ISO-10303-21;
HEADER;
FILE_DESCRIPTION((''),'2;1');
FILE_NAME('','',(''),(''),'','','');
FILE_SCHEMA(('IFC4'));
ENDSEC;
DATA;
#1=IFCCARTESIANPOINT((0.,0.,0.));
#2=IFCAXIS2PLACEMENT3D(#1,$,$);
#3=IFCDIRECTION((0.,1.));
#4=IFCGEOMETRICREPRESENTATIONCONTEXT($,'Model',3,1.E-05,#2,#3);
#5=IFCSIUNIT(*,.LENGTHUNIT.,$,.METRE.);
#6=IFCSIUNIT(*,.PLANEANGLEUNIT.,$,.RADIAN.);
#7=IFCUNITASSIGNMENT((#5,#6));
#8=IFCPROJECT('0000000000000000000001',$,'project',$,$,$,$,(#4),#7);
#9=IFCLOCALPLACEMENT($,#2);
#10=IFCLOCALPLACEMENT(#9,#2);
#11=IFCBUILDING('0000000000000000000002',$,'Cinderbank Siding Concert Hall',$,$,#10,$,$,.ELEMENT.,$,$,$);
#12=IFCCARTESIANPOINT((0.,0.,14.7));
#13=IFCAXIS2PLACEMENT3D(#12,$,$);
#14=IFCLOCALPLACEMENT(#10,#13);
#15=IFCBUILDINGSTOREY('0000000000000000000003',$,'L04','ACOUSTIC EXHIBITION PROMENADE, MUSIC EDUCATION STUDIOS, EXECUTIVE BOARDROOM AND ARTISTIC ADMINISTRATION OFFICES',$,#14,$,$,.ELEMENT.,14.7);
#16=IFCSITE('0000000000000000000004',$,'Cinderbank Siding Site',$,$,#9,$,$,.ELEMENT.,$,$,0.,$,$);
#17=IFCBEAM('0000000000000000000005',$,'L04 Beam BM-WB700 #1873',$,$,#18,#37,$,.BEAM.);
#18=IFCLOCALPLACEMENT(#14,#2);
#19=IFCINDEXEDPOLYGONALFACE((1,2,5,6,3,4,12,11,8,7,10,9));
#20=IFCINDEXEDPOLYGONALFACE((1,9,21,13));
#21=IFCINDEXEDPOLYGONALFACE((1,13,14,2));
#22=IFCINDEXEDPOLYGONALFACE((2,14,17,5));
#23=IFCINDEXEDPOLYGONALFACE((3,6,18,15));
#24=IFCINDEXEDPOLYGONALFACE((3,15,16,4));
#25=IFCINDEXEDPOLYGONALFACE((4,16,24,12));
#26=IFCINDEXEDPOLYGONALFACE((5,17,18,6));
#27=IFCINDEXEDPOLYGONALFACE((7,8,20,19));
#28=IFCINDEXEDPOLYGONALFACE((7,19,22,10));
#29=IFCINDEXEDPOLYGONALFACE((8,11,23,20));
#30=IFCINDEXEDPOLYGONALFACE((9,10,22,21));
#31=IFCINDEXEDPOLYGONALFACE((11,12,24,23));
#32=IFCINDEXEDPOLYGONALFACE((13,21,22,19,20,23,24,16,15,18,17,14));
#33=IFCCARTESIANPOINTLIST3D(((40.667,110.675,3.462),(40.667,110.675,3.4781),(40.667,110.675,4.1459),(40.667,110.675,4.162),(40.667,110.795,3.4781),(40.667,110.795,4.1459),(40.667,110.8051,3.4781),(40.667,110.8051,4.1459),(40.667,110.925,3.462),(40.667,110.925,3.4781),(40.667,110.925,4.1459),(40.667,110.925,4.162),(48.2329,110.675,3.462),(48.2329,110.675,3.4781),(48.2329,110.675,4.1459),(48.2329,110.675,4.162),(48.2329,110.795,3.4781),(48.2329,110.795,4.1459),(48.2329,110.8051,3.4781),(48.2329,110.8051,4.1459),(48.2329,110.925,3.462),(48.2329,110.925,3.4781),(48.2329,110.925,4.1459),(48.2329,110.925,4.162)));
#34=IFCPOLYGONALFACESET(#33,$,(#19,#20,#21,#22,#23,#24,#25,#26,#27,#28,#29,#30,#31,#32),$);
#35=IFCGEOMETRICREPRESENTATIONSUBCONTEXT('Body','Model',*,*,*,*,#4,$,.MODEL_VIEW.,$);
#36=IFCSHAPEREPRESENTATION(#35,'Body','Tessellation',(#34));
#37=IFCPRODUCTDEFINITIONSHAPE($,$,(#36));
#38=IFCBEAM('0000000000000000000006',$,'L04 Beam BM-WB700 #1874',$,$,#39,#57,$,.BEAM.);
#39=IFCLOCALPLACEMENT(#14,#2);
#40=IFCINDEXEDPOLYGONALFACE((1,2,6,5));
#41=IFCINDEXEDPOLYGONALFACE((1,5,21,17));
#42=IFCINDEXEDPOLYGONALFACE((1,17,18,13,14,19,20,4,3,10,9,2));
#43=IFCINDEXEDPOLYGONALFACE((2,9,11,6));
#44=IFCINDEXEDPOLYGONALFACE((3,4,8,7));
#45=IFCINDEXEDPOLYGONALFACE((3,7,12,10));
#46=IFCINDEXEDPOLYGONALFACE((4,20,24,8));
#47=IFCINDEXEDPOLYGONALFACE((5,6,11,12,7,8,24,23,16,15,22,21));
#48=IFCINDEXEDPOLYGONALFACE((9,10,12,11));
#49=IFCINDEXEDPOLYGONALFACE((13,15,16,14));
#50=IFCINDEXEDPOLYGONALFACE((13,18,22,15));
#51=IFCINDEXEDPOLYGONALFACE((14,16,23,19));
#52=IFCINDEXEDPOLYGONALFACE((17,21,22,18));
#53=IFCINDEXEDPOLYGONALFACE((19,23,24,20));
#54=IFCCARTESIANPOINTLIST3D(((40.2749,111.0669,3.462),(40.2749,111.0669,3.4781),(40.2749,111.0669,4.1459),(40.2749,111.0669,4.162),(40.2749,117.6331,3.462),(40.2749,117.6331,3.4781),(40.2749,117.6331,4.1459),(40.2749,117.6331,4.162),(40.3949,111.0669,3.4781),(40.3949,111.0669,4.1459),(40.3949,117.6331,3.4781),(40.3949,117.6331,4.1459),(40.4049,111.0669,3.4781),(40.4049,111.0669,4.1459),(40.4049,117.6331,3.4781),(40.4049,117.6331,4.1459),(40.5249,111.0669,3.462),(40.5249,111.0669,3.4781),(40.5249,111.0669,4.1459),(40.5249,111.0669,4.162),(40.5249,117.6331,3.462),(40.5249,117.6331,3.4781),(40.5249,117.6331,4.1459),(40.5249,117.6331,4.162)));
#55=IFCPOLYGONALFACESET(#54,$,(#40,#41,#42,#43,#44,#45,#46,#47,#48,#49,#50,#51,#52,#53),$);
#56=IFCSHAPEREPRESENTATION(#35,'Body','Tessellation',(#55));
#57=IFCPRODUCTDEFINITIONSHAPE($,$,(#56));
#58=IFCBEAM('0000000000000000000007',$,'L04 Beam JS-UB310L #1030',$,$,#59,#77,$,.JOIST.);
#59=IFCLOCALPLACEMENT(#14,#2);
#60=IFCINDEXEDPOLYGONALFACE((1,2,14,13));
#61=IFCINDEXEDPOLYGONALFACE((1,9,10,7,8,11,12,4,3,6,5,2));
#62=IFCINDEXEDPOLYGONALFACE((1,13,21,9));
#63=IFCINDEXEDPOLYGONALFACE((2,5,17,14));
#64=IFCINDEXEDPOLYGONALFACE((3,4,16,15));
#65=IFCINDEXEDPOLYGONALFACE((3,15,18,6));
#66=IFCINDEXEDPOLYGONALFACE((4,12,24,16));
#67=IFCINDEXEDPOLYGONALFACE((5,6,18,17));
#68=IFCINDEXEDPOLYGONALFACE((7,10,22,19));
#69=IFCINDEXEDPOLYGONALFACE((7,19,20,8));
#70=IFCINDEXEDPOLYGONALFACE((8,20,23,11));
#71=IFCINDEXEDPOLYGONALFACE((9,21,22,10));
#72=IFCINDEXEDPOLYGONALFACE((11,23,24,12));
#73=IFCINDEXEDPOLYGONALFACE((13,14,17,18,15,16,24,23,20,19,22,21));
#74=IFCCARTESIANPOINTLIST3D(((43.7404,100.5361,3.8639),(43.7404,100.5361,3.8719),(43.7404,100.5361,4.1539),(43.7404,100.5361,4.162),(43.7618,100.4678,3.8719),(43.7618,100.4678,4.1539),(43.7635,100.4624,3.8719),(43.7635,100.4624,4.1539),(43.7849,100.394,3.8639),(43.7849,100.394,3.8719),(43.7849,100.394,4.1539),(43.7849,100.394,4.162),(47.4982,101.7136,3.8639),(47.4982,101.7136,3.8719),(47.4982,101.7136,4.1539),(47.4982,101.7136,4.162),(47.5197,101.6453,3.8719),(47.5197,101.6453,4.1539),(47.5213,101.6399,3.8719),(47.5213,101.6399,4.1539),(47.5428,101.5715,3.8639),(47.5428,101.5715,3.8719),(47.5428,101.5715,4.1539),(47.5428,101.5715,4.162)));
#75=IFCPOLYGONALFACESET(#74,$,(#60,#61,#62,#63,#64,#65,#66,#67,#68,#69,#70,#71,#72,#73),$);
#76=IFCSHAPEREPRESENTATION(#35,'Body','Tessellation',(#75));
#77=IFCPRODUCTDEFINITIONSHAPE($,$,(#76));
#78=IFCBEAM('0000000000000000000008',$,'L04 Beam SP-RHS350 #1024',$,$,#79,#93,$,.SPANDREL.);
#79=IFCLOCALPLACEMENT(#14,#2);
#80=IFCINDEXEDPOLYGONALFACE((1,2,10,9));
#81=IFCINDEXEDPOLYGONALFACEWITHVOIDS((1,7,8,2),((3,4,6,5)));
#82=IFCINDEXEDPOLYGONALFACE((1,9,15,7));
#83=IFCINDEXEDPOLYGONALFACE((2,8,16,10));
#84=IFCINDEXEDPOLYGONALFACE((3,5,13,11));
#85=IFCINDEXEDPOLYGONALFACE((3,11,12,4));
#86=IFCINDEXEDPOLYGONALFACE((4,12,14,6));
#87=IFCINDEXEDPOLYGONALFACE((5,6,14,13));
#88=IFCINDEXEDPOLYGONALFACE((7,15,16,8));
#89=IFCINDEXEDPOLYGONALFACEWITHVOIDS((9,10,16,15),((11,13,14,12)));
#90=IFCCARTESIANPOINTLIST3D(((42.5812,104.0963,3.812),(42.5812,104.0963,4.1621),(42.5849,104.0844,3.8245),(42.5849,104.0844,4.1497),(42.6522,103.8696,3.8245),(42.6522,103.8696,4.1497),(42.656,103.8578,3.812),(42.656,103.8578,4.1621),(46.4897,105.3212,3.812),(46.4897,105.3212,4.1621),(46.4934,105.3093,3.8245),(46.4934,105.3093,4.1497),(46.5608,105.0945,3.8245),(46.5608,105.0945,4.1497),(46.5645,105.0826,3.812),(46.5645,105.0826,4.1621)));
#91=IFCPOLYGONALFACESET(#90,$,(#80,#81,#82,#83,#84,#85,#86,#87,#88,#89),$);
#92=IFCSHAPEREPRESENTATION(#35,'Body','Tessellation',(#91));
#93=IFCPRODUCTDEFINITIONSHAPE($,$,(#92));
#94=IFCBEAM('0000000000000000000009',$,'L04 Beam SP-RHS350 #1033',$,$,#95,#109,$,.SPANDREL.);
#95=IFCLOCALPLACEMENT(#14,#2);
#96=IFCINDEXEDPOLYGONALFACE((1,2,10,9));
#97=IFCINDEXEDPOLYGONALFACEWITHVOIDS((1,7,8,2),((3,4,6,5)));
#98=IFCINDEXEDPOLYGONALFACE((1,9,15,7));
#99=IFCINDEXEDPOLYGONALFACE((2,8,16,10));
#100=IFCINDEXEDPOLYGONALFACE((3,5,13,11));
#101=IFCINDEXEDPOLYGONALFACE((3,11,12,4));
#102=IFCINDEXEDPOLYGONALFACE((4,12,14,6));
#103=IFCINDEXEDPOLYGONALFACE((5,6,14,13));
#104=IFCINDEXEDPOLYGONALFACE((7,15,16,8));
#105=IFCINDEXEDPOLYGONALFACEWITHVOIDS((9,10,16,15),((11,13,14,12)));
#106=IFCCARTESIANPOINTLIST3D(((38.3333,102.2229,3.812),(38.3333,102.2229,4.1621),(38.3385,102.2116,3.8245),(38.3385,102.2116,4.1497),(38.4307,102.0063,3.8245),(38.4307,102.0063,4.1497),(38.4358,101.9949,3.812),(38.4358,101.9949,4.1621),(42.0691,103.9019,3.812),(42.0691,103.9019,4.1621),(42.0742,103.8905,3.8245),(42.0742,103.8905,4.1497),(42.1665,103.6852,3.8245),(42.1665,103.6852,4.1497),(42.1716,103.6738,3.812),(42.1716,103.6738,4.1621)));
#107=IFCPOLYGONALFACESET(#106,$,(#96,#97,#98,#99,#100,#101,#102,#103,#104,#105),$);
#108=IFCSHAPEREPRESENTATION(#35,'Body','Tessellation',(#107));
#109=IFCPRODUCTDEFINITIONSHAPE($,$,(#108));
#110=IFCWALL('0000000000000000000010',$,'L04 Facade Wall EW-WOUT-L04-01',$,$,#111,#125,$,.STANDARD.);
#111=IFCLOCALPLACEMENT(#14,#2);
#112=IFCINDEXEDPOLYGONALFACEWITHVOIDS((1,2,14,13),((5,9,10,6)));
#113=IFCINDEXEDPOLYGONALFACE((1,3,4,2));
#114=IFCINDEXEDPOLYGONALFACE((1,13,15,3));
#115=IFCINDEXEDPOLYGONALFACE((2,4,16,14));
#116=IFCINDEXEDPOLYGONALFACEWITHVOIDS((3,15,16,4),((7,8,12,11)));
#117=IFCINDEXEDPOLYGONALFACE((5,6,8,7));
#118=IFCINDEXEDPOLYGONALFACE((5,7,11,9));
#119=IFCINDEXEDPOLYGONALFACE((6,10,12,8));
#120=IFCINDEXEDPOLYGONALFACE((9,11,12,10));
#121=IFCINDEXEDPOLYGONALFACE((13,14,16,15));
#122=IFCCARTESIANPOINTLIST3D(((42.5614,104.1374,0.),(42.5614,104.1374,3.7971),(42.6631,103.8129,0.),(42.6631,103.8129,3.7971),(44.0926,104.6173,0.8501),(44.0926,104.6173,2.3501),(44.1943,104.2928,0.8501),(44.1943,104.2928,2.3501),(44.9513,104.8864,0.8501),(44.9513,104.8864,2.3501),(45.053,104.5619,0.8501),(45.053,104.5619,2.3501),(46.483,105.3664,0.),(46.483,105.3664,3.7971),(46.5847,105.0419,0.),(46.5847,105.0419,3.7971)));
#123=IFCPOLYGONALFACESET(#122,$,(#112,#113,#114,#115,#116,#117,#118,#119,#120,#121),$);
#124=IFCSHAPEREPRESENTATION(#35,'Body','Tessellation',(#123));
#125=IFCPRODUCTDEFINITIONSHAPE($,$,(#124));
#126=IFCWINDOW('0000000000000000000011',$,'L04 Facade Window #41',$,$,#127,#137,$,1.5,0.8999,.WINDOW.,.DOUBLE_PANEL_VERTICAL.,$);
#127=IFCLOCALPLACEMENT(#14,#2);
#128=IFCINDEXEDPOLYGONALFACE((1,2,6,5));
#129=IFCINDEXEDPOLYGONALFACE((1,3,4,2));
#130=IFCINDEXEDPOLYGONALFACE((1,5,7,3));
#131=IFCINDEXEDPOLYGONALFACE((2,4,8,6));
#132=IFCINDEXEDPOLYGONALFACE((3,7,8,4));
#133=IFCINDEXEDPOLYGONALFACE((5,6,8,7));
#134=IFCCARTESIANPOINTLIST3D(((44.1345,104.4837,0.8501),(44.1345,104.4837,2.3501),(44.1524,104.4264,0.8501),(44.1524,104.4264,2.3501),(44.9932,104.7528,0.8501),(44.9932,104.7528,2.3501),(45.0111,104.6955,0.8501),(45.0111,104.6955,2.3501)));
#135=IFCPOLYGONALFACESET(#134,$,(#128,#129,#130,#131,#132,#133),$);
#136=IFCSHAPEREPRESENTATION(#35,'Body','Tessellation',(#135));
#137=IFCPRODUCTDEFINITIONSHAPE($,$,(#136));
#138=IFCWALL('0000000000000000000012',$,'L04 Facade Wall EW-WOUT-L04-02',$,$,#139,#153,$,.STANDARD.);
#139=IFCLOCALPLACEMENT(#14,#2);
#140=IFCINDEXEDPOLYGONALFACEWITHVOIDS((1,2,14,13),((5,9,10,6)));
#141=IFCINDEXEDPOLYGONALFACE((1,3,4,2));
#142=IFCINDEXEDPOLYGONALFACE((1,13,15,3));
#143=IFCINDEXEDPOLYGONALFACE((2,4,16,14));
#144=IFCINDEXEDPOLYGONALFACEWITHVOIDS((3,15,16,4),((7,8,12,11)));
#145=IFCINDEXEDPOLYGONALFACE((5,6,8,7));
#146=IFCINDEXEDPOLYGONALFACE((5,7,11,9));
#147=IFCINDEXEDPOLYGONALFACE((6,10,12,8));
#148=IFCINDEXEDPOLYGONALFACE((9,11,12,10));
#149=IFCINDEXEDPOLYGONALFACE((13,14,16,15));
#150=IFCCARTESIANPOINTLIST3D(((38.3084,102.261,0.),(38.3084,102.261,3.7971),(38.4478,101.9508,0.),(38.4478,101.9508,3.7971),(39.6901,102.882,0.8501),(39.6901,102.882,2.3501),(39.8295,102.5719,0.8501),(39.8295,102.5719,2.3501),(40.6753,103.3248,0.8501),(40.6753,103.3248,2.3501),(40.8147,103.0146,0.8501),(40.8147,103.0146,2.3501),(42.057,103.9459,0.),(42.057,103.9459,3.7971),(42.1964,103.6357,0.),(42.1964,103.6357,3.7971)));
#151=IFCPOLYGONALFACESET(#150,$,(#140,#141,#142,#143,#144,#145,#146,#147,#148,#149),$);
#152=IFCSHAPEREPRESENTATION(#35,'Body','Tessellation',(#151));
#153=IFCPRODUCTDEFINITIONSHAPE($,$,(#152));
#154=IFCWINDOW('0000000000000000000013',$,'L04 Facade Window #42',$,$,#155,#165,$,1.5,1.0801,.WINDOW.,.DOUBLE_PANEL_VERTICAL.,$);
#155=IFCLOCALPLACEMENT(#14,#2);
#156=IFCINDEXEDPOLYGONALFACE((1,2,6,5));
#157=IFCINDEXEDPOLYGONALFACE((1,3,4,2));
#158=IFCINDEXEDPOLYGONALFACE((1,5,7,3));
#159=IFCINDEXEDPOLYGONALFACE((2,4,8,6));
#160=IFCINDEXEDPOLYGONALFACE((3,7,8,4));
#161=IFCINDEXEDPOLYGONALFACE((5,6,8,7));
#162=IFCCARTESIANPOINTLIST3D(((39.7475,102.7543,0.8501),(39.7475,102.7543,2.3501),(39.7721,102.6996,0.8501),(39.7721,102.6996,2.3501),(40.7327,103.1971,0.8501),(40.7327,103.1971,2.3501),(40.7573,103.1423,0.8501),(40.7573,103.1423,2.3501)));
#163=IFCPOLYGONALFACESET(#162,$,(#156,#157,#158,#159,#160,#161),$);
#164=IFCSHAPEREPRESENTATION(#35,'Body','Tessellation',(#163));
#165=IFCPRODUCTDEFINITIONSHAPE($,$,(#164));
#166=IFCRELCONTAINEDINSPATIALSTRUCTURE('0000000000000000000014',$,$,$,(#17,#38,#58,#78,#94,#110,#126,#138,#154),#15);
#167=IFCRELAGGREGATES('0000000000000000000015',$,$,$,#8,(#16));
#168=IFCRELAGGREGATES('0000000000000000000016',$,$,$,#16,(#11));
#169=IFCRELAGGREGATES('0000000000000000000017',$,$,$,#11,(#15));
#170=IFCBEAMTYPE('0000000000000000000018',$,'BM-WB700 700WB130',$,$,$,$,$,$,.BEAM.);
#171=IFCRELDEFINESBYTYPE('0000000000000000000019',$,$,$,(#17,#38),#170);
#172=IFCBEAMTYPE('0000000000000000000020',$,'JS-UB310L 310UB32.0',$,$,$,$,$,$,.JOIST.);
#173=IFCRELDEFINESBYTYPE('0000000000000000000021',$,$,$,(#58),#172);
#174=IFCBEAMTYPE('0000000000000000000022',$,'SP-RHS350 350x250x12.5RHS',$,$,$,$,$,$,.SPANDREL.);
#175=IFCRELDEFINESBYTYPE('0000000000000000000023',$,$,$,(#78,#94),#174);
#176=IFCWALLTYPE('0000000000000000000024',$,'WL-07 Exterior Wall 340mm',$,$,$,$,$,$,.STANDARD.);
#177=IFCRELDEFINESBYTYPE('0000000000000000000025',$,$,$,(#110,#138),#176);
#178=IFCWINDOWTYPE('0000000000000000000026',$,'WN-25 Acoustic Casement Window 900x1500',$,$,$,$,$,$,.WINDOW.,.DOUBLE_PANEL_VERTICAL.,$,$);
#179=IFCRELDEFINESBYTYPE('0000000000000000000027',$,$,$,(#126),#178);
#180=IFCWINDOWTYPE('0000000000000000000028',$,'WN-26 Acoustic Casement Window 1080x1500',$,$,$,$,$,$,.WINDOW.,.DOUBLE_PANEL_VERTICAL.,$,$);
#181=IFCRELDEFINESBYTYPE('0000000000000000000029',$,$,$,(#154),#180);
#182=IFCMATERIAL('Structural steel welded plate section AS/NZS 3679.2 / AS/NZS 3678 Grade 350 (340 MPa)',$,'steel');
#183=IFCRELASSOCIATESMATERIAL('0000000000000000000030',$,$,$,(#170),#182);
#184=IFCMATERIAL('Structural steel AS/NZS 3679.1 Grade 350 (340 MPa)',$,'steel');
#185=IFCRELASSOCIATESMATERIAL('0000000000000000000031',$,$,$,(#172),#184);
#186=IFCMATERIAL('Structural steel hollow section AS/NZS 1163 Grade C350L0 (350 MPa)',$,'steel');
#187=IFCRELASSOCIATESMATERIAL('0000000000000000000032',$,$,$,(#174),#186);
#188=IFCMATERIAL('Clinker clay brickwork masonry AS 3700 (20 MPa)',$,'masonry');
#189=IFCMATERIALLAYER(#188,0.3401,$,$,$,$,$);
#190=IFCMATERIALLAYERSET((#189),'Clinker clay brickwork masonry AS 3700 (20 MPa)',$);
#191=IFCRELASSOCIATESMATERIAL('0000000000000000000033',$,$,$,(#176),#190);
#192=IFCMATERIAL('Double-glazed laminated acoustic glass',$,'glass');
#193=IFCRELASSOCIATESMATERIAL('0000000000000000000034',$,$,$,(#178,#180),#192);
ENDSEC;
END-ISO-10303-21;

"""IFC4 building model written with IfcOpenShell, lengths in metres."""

from ifc_helpers import new_model, si_unit, direction, frame, frame_2d, origin, origin_2d, place, context, subcontext, project, spatial, rectangle, hollow_rectangle, i_section, extrude, material, layer, layer_set, material_profile, profile_set, type_object, element, fill, save


model = new_model("IFC4")

# Units and contexts
model_context = context("Model", 3, precision=1e-05, world=origin(), true_north=direction((0.0, 1.0)))
body_context = subcontext(model_context, "Body", "Model", "MODEL_VIEW")
ifc_project = project(units=[si_unit("LENGTHUNIT", "METRE"), si_unit("PLANEANGLEUNIT", "RADIAN")], contexts=[model_context])

# Site, building, storey
site_placement = place(None, origin())
site = spatial("IfcSite", under=ifc_project, at=site_placement, Name="Cinderbank Siding Site", CompositionType="ELEMENT", RefElevation=0.0)
building_placement = place(site_placement, origin())
building = spatial("IfcBuilding", under=site, at=building_placement, Name="Cinderbank Siding Concert Hall", CompositionType="ELEMENT")
storey_placement = place(building_placement, frame((0.0, 0.0, 14.7)))
storey = spatial("IfcBuildingStorey", under=building, at=storey_placement, Name="L04", Description="ACOUSTIC EXHIBITION PROMENADE, MUSIC EDUCATION STUDIOS, EXECUTIVE BOARDROOM AND ARTISTIC ADMINISTRATION OFFICES", CompositionType="ELEMENT", Elevation=14.7)

# Beams
ifc_material_1 = material(Name="Structural steel AS/NZS 3679.1 Grade 350 (340 MPa)", Category="steel")
ifc_material_2 = material(Name="Structural steel welded plate section AS/NZS 3679.2 / AS/NZS 3678 Grade 350 (340 MPa)", Category="steel")
ifc_material_profile_1 = material_profile(ifc_material_2, i_section(OverallWidth=0.25, OverallDepth=0.7, WebThickness=0.01, FlangeThickness=0.0161, at=origin_2d()), Name="700WB130", Category="LoadBearing")
ifc_profile_set_1 = profile_set([ifc_material_profile_1], Name="Structural steel welded plate section AS/NZS 3679.2 / AS/NZS 3678 Grade 350 (340 MPa)")
beam_type_1 = type_object("IfcBeamType", Name="BM-WB700 700WB130", PredefinedType="BEAM", material=ifc_profile_set_1)
beam_1_placement = place(storey_placement, frame((40.667, 110.8, 3.812), z_axis=(1.0, 0.0, 0.0), x_axis=(0.0, 1.0, 0.0)))
element("IfcBeam", 1, at=beam_1_placement, inside=storey, type_object=beam_type_1, Name="L04 Beam BM-WB700 #1873", PredefinedType="BEAM", context=body_context, shape_type="SweptSolid", body=[
    extrude(i_section(OverallWidth=0.25, OverallDepth=0.7, WebThickness=0.01, FlangeThickness=0.0161, at=origin_2d()), origin(), (0.0, 0.0, 1.0), 7.5659),
])
beam_2_placement = place(storey_placement, frame((40.3999, 111.0669, 3.812), z_axis=(0.0, 1.0, 0.0), x_axis=(-1.0, 0.0, 0.0)))
element("IfcBeam", 2, at=beam_2_placement, inside=storey, type_object=beam_type_1, Name="L04 Beam BM-WB700 #1874", PredefinedType="BEAM", context=body_context, shape_type="SweptSolid", body=[
    extrude(i_section(OverallWidth=0.25, OverallDepth=0.7, WebThickness=0.01, FlangeThickness=0.0161, at=origin_2d()), origin(), (0.0, 0.0, 1.0), 6.5662),
])
ifc_material_profile_2 = material_profile(ifc_material_1, i_section(OverallWidth=0.1489, OverallDepth=0.2981, WebThickness=0.0056, FlangeThickness=0.0081, at=origin_2d()), Name="310UB32.0", Category="LoadBearing")
ifc_profile_set_2 = profile_set([ifc_material_profile_2], Name="Structural steel AS/NZS 3679.1 Grade 350 (340 MPa)")
beam_type_2 = type_object("IfcBeamType", Name="JS-UB310L 310UB32.0", PredefinedType="JOIST", material=ifc_profile_set_2)
beam_3_placement = place(storey_placement, frame((47.5205, 101.6426, 4.0129), z_axis=(-0.95425, -0.299009, 0.0), x_axis=(0.299009, -0.95425, 0.0)))
element("IfcBeam", 3, at=beam_3_placement, inside=storey, type_object=beam_type_2, Name="L04 Beam JS-UB310L #1030", PredefinedType="JOIST", context=body_context, shape_type="SweptSolid", body=[
    extrude(i_section(OverallWidth=0.1489, OverallDepth=0.2981, WebThickness=0.0056, FlangeThickness=0.0081, at=origin_2d()), origin(), (0.0, 0.0, 1.0), 3.938),
])
ifc_material_3 = material(Name="Structural steel hollow section AS/NZS 1163 Grade C350L0 (350 MPa)", Category="steel")
ifc_material_profile_3 = material_profile(ifc_material_3, hollow_rectangle(XDim=0.25, YDim=0.3501, WallThickness=0.0125, at=origin_2d()), Name="350x250x12.5RHS", Category="LoadBearing")
ifc_profile_set_3 = profile_set([ifc_material_profile_3], Name="Structural steel hollow section AS/NZS 1163 Grade C350L0 (350 MPa)")
beam_type_3 = type_object("IfcBeamType", Name="SP-RHS350 350x250x12.5RHS", PredefinedType="SPANDREL", material=ifc_profile_set_3)
beam_4_placement = place(storey_placement, frame((46.5271, 105.2019, 3.9871), z_axis=(-0.954239, -0.299045, 0.0), x_axis=(0.299045, -0.954239, 0.0)))
element("IfcBeam", 4, at=beam_4_placement, inside=storey, type_object=beam_type_3, Name="L04 Beam SP-RHS350 #1024", PredefinedType="SPANDREL", context=body_context, shape_type="SweptSolid", body=[
    extrude(hollow_rectangle(XDim=0.25, YDim=0.3501, WallThickness=0.0125, at=origin_2d()), origin(), (0.0, 0.0, 1.0), 4.0959),
])
beam_5_placement = place(storey_placement, frame((42.1204, 103.7878, 3.9871), z_axis=(-0.91212, -0.409923, 0.0), x_axis=(0.409923, -0.91212, 0.0)))
element("IfcBeam", 5, at=beam_5_placement, inside=storey, type_object=beam_type_3, Name="L04 Beam SP-RHS350 #1033", PredefinedType="SPANDREL", context=body_context, shape_type="SweptSolid", body=[
    extrude(hollow_rectangle(XDim=0.25, YDim=0.3501, WallThickness=0.0125, at=origin_2d()), origin(), (0.0, 0.0, 1.0), 4.0957),
])

# Walls, openings, windows
ifc_material_4 = material(Name="Clinker clay brickwork masonry AS 3700 (20 MPa)", Category="masonry")
ifc_layer_1 = layer(ifc_material_4, 0.3401)
ifc_layer_set_1 = layer_set([ifc_layer_1], Name="Clinker clay brickwork masonry AS 3700 (20 MPa)")
wall_type_1 = type_object("IfcWallType", Name="WL-07 Exterior Wall 340mm", PredefinedType="STANDARD", material=ifc_layer_set_1)
wall_1_placement = place(storey_placement, frame((46.5337, 105.2041, 0.0), z_axis=(0.0, 0.0, 1.0), x_axis=(-0.954238, -0.299049, 0.0)))
wall_1 = element("IfcWall", 6, at=wall_1_placement, inside=storey, type_object=wall_type_1, Name="L04 Facade Wall EW-WOUT-L04-01", PredefinedType="STANDARD", context=body_context, shape_type="SweptSolid", body=[
    extrude(rectangle(XDim=4.1096, YDim=0.3401, at=frame_2d((2.0547, 0.0))), origin(), (0.0, 0.0, 1.0), 3.7971),
])
opening_1_placement = place(wall_1_placement, frame((1.605, 0.0, 0.8501)))
opening_1 = element("IfcOpeningElement", 7, at=opening_1_placement, cuts=wall_1, PredefinedType="OPENING", context=body_context, shape_type="SweptSolid", body=[
    extrude(rectangle(XDim=0.8999, YDim=1.5, at=frame_2d((0.45, 0.75))), frame((0.0, 0.1821, 0.0), z_axis=(0.0, -1.0, 0.0), x_axis=(1.0, 0.0, 0.0)), (0.0, 0.0, 1.0), 0.364),
])
ifc_material_5 = material(Name="Double-glazed laminated acoustic glass", Category="glass")
window_type_1 = type_object("IfcWindowType", Name="WN-25 Acoustic Casement Window 900x1500", PartitioningType="DOUBLE_PANEL_VERTICAL", PredefinedType="WINDOW", material=ifc_material_5)
window_1_placement = place(opening_1_placement, origin())
window_1 = element("IfcWindow", 8, at=window_1_placement, inside=storey, type_object=window_type_1, Name="L04 Facade Window #41", OverallHeight=1.5, OverallWidth=0.8999, PartitioningType="DOUBLE_PANEL_VERTICAL", PredefinedType="WINDOW", context=body_context, shape_type="SweptSolid", body=[
    extrude(rectangle(XDim=0.8999, YDim=1.5, at=frame_2d((0.45, 0.75))), frame((0.0, 0.03, 0.0), z_axis=(0.0, -1.0, 0.0), x_axis=(1.0, 0.0, 0.0)), (0.0, 0.0, 1.0), 0.0601),
])
fill(opening_1, window_1)
wall_2_placement = place(storey_placement, frame((42.1267, 103.7908, 0.0), z_axis=(0.0, 0.0, 1.0), x_axis=(-0.912106, -0.409955, 0.0)))
wall_2 = element("IfcWall", 9, at=wall_2_placement, inside=storey, type_object=wall_type_1, Name="L04 Facade Wall EW-WOUT-L04-02", PredefinedType="STANDARD", context=body_context, shape_type="SweptSolid", body=[
    extrude(rectangle(XDim=4.1099, YDim=0.3401, at=frame_2d((2.0549, 0.0))), origin(), (0.0, 0.0, 1.0), 3.7971),
])
opening_2_placement = place(wall_2_placement, frame((1.5149, 0.0, 0.8501)))
opening_2 = element("IfcOpeningElement", 10, at=opening_2_placement, cuts=wall_2, PredefinedType="OPENING", context=body_context, shape_type="SweptSolid", body=[
    extrude(rectangle(XDim=1.0801, YDim=1.5, at=frame_2d((0.54, 0.75))), frame((0.0, 0.1821, 0.0), z_axis=(0.0, -1.0, 0.0), x_axis=(1.0, 0.0, 0.0)), (0.0, 0.0, 1.0), 0.364),
])
window_type_2 = type_object("IfcWindowType", Name="WN-26 Acoustic Casement Window 1080x1500", PartitioningType="DOUBLE_PANEL_VERTICAL", PredefinedType="WINDOW", material=ifc_material_5)
window_2_placement = place(opening_2_placement, origin())
window_2 = element("IfcWindow", 11, at=window_2_placement, inside=storey, type_object=window_type_2, Name="L04 Facade Window #42", OverallHeight=1.5, OverallWidth=1.0801, PartitioningType="DOUBLE_PANEL_VERTICAL", PredefinedType="WINDOW", context=body_context, shape_type="SweptSolid", body=[
    extrude(rectangle(XDim=1.0801, YDim=1.5, at=frame_2d((0.54, 0.75))), frame((0.0, 0.03, 0.0), z_axis=(0.0, -1.0, 0.0), x_axis=(1.0, 0.0, 0.0)), (0.0, 0.0, 1.0), 0.0601),
])
fill(opening_2, window_2)

save(model, "model.ifc")
